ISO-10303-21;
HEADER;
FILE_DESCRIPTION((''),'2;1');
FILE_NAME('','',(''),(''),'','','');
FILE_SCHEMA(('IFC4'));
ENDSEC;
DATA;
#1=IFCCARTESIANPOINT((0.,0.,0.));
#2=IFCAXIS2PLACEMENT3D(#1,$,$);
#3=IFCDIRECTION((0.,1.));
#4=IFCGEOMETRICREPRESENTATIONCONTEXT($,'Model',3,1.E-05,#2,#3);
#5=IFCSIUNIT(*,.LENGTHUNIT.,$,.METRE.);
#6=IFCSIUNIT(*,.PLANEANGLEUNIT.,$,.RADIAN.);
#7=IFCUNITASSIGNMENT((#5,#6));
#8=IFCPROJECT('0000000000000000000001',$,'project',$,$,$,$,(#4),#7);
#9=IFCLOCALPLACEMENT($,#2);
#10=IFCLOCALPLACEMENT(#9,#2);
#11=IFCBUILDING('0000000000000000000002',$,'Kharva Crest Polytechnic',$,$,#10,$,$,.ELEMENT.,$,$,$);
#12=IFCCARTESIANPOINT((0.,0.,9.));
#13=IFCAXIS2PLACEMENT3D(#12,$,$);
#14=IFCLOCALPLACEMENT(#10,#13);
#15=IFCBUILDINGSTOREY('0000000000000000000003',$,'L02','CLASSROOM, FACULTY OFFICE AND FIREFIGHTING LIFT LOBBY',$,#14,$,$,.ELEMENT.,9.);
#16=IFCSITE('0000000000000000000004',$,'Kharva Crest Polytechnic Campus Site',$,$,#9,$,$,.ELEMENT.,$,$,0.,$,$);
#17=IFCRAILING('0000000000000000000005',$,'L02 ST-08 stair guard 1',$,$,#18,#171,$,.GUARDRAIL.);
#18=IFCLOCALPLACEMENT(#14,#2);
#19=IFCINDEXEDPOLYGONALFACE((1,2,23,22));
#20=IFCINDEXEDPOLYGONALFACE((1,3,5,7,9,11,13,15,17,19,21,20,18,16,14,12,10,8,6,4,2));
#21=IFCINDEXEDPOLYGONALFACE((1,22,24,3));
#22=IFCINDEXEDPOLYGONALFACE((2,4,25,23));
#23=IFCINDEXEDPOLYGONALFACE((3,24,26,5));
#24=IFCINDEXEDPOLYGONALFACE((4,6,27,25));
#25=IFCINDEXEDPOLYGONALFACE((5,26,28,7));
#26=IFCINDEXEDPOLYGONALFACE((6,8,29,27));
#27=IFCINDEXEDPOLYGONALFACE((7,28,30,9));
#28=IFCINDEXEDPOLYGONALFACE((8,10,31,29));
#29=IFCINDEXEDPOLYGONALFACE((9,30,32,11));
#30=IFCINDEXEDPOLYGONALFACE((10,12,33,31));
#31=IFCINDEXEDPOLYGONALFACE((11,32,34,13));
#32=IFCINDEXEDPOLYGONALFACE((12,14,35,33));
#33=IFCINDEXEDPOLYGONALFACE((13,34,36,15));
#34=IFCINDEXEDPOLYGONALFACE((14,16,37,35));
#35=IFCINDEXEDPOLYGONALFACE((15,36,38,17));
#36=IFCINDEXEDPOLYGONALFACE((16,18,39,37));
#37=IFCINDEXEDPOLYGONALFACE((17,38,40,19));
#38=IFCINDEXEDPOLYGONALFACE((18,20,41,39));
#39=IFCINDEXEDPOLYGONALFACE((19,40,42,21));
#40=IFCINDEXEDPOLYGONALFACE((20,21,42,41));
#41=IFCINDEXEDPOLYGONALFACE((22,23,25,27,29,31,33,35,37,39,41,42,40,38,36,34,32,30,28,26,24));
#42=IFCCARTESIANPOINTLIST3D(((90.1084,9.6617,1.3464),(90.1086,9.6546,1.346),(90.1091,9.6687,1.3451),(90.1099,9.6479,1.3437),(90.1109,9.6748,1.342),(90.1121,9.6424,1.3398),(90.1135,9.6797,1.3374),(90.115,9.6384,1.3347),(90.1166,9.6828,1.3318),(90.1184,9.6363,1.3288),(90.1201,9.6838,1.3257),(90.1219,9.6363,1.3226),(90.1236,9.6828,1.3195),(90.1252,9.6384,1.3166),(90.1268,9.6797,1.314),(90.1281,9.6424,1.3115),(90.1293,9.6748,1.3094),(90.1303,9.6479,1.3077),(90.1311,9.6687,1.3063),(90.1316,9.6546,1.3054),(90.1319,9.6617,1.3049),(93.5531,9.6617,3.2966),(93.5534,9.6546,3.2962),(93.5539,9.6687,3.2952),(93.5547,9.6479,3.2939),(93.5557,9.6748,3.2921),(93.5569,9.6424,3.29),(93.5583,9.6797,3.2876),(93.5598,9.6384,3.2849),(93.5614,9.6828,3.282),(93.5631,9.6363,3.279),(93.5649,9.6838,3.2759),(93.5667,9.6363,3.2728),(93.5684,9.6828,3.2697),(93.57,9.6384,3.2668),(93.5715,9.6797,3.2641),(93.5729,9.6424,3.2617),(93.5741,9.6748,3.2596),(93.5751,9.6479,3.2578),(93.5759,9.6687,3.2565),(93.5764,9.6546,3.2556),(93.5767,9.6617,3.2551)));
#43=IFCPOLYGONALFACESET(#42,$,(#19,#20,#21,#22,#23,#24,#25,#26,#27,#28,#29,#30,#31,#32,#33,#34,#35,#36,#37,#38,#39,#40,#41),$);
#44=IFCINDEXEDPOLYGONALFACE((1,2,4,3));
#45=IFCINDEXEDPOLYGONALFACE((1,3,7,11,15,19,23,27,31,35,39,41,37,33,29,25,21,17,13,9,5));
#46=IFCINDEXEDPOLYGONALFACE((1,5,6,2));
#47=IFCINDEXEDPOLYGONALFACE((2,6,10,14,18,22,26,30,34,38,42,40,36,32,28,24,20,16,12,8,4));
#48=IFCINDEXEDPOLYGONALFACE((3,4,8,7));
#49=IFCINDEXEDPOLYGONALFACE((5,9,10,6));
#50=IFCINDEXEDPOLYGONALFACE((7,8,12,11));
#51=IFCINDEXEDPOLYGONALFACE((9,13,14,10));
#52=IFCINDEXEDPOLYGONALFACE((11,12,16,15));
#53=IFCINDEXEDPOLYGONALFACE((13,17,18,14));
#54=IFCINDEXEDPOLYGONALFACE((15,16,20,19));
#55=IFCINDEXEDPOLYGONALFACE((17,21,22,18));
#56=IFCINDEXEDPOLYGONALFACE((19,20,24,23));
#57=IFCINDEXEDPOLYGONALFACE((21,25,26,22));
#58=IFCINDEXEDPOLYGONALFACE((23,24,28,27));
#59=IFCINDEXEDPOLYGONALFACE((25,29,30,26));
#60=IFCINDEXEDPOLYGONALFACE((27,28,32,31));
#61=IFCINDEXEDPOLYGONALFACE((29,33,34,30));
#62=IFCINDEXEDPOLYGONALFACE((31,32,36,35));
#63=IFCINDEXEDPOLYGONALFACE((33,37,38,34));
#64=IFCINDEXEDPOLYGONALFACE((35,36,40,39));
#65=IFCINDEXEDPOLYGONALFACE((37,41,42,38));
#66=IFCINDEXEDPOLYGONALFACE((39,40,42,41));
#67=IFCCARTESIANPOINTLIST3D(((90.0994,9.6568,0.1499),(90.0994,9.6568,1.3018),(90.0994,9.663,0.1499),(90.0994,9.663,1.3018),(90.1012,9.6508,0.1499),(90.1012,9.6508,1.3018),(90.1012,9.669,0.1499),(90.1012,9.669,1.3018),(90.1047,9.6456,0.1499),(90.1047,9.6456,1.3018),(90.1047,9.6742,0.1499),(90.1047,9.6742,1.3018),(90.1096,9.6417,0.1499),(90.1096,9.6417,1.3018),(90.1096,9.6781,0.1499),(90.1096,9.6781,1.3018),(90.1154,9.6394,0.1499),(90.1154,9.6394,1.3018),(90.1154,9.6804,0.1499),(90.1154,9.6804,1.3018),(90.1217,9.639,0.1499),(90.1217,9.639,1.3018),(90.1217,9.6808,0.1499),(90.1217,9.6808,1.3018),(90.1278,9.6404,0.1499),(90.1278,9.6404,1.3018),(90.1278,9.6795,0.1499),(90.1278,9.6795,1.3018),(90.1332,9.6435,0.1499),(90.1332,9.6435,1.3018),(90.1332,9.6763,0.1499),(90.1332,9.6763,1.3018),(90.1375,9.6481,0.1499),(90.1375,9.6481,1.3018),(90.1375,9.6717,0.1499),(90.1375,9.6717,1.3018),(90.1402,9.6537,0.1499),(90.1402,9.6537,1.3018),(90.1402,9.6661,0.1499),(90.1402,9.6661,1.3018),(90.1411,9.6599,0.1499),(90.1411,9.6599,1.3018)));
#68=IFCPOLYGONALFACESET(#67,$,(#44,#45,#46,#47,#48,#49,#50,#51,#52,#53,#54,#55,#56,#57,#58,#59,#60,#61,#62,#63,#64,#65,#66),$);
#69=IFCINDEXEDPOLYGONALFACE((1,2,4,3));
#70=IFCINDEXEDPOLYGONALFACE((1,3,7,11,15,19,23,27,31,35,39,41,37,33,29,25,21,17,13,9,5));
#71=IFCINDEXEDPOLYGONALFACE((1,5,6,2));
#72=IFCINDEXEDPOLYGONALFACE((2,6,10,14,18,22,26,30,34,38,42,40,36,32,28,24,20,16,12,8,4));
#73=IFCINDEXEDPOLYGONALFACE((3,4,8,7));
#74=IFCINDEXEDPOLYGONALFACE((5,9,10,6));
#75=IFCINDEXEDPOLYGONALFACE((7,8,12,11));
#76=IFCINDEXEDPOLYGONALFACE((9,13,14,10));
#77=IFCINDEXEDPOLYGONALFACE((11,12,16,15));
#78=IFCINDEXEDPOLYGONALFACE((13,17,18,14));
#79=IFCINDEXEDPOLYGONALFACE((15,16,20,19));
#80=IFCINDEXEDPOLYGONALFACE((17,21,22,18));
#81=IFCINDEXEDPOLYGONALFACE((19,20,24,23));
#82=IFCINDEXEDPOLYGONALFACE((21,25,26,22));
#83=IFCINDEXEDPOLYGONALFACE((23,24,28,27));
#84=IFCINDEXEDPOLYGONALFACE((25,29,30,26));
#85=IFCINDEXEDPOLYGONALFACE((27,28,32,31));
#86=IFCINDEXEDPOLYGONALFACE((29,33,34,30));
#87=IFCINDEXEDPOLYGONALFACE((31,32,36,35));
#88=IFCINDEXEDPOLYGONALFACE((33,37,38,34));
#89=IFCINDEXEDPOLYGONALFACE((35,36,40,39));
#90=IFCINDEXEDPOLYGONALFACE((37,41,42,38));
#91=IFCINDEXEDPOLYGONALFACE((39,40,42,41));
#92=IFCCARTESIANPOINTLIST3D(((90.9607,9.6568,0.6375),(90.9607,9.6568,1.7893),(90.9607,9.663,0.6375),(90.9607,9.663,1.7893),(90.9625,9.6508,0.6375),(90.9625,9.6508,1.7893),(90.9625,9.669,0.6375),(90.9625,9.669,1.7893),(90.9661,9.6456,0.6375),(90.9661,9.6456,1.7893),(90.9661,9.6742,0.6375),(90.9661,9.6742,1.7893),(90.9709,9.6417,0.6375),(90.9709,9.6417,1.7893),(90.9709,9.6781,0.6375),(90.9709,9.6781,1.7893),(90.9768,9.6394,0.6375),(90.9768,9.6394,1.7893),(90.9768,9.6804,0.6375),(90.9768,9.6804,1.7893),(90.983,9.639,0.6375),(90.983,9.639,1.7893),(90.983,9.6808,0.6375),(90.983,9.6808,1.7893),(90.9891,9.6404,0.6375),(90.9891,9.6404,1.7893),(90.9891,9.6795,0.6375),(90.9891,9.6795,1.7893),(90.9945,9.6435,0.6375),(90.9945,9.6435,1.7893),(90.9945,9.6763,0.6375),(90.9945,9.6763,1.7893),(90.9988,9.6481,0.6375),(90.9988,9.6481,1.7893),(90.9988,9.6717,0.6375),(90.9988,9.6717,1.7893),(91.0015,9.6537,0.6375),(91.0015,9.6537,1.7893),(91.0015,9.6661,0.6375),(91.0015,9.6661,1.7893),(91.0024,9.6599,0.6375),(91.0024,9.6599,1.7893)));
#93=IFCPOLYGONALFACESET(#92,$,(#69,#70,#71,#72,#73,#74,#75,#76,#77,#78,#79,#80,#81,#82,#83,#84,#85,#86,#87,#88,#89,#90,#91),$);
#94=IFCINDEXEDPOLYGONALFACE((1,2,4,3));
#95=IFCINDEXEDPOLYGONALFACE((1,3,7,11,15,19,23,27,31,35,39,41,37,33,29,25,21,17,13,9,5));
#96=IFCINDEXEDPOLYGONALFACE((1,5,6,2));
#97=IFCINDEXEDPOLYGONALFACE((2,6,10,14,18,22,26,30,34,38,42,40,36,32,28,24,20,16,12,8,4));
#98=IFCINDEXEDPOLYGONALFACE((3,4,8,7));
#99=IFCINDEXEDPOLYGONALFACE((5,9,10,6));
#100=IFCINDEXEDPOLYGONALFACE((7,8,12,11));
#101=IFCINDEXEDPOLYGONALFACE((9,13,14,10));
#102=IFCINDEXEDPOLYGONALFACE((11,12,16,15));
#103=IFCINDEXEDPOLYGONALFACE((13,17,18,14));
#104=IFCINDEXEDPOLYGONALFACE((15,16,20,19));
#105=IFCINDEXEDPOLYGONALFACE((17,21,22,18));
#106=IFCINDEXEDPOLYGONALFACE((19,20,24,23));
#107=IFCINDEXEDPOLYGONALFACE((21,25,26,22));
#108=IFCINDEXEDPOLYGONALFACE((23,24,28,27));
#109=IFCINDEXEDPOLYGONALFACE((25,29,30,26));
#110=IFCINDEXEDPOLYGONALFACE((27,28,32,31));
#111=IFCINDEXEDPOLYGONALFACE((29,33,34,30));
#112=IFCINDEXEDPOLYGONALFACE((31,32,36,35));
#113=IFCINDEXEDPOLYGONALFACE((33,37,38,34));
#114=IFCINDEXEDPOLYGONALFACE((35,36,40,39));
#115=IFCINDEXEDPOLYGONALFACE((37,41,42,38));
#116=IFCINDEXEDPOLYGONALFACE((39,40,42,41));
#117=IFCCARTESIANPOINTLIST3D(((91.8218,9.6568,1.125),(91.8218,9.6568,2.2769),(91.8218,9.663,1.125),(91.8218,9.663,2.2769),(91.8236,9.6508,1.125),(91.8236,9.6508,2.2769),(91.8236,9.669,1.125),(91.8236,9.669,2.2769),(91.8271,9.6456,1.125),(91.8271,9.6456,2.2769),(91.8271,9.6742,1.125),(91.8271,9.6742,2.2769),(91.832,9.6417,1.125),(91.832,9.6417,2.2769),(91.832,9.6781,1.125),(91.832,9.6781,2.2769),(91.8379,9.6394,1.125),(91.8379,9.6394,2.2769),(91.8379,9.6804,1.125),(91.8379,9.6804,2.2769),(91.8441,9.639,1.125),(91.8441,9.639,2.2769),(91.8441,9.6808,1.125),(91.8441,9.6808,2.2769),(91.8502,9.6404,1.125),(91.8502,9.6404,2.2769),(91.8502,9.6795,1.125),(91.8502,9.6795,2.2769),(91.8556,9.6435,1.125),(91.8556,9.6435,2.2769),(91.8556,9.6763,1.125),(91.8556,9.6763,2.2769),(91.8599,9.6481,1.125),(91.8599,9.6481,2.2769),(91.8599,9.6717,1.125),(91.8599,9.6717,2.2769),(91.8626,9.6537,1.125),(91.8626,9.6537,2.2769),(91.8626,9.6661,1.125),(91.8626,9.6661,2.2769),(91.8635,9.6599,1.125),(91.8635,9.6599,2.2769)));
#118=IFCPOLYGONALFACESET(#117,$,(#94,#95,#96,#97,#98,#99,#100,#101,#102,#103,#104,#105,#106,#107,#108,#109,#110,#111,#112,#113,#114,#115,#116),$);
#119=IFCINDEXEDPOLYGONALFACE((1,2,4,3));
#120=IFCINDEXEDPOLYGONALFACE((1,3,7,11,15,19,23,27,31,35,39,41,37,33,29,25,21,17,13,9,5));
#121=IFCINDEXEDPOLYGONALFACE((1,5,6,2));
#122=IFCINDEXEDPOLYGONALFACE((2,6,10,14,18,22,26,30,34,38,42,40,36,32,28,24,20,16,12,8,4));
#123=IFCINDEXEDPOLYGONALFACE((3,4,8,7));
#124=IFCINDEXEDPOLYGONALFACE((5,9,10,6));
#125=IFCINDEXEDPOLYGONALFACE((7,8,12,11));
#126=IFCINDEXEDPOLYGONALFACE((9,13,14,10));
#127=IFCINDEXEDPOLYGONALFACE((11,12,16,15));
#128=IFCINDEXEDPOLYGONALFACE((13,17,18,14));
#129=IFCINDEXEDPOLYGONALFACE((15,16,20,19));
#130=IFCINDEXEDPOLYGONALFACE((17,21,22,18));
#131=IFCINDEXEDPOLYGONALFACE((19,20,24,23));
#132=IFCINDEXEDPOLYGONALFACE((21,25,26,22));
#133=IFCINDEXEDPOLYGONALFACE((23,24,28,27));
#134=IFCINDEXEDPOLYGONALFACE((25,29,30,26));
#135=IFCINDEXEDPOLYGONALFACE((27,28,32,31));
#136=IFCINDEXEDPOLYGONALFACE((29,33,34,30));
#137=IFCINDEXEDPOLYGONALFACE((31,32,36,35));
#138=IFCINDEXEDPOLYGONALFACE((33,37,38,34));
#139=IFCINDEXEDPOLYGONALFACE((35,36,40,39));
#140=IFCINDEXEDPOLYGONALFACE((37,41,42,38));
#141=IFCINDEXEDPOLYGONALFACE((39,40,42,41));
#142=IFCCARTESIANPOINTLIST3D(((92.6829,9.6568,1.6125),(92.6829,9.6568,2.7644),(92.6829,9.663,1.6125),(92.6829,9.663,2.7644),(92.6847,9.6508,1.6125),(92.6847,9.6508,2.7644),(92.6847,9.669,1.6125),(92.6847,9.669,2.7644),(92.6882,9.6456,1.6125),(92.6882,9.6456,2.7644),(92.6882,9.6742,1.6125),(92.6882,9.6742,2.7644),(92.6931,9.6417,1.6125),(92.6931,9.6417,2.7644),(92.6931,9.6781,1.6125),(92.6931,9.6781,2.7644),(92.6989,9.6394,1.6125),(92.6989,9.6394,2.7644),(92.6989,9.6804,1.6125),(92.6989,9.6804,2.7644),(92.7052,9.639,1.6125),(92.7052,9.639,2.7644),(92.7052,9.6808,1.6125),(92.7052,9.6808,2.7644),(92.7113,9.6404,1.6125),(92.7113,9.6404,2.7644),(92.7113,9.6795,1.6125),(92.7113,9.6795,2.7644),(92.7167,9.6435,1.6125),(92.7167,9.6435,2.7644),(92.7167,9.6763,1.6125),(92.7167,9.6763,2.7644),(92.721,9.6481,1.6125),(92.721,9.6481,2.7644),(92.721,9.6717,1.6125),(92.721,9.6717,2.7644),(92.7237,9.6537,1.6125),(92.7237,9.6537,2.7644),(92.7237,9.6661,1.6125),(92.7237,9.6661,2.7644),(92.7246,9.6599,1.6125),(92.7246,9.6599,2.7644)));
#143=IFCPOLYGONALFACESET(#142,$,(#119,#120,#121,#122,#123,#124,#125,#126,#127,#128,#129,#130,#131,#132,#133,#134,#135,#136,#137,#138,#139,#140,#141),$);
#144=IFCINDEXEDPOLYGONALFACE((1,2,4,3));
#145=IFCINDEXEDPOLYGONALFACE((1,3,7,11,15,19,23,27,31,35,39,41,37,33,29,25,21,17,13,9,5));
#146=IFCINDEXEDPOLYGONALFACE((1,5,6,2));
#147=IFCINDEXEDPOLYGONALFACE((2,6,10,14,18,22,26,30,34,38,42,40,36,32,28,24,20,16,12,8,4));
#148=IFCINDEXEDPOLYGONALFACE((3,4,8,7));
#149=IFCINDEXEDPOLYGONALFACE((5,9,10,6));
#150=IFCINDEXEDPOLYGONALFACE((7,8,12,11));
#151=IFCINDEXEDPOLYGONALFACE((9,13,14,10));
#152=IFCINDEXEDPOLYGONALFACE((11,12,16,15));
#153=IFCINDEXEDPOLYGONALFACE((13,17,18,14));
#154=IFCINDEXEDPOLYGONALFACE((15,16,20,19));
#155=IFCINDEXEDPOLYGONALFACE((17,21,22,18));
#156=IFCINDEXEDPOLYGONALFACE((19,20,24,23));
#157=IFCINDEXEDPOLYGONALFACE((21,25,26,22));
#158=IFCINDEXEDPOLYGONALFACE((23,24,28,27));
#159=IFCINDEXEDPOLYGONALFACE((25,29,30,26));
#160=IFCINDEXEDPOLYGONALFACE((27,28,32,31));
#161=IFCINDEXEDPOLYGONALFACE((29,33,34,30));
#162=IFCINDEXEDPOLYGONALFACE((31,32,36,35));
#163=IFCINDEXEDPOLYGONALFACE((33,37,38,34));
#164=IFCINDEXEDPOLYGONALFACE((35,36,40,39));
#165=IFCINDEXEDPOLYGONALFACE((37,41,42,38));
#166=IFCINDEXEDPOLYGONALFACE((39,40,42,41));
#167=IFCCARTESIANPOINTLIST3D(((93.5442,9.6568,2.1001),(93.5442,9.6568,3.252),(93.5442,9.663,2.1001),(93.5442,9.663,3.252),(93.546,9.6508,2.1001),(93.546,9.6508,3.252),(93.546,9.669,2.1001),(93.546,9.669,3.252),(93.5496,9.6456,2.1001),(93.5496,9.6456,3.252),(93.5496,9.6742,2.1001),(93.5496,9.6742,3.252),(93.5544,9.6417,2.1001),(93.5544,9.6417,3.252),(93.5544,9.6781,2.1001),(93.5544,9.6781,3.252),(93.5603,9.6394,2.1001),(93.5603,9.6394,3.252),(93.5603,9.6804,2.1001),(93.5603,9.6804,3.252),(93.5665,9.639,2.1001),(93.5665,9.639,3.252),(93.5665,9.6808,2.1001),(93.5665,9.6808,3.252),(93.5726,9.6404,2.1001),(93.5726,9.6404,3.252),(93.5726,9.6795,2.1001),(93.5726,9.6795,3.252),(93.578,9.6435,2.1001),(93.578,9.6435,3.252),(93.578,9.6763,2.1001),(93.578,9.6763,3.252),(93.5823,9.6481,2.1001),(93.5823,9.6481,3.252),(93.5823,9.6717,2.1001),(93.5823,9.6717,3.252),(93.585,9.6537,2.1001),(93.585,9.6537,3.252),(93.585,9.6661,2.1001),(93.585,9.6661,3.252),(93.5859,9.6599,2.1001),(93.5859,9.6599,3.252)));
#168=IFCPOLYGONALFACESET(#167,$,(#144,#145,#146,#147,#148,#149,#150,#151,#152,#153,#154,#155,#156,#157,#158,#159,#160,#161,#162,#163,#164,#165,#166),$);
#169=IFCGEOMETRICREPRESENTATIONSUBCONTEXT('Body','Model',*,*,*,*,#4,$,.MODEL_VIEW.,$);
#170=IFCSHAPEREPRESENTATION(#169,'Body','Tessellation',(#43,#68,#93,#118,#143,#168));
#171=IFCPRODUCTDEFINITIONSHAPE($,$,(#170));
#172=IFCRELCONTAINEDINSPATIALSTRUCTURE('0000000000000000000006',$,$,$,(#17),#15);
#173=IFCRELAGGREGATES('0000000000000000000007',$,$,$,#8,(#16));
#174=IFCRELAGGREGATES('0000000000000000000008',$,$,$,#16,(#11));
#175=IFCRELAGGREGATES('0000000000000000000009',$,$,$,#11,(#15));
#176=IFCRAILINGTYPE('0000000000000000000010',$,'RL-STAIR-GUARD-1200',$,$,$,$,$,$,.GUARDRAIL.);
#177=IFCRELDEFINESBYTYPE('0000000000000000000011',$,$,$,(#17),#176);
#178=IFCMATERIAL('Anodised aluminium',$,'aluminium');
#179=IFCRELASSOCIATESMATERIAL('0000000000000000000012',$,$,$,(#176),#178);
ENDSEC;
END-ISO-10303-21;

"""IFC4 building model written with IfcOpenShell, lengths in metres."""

from ifc_helpers import new_model, si_unit, direction, frame, origin, origin_2d, place, context, subcontext, project, spatial, circle, extrude, material, type_object, element, save


model = new_model("IFC4")

# Units and contexts
model_context = context("Model", 3, precision=1e-05, world=origin(), true_north=direction((0.0, 1.0)))
body_context = subcontext(model_context, "Body", "Model", "MODEL_VIEW")
ifc_project = project(units=[si_unit("LENGTHUNIT", "METRE"), si_unit("PLANEANGLEUNIT", "RADIAN")], contexts=[model_context])

# Site, building, storey
site_placement = place(None, origin())
site = spatial("IfcSite", under=ifc_project, at=site_placement, Name="Kharva Crest Polytechnic Campus Site", CompositionType="ELEMENT", RefElevation=0.0)
building_placement = place(site_placement, origin())
building = spatial("IfcBuilding", under=site, at=building_placement, Name="Kharva Crest Polytechnic", CompositionType="ELEMENT")
storey_placement = place(building_placement, frame((0.0, 0.0, 9.0)))
storey = spatial("IfcBuildingStorey", under=building, at=storey_placement, Name="L02", Description="CLASSROOM, FACULTY OFFICE AND FIREFIGHTING LIFT LOBBY", CompositionType="ELEMENT", Elevation=9.0)

# Railing
ifc_material_1 = material(Name="Anodised aluminium", Category="aluminium")
railing_type_1 = type_object("IfcRailingType", Name="RL-STAIR-GUARD-1200", PredefinedType="GUARDRAIL", material=ifc_material_1)
railing_1_placement = place(storey_placement, frame((90.1201, 9.6599, 0.1499)))
element("IfcRailing", 1, at=railing_1_placement, inside=storey, type_object=railing_type_1, Name="L02 ST-08 stair guard 1", PredefinedType="GUARDRAIL", context=body_context, shape_type="SweptSolid", body=[
    extrude(circle(Radius=0.0239, at=origin_2d()), frame((0.0, 0.0, 1.1758), z_axis=(0.870225, 0.0, 0.492655), x_axis=(0.0, 1.0, 0.0)), (0.0, 0.0, 1.0), 3.9585),
    extrude(circle(Radius=0.021, at=origin_2d()), origin(), (0.0, 0.0, 1.0), 1.1519),
    extrude(circle(Radius=0.021, at=origin_2d()), frame((0.8613, 0.0, 0.4875)), (0.0, 0.0, 1.0), 1.1519),
    extrude(circle(Radius=0.021, at=origin_2d()), frame((1.7224, 0.0, 0.9751)), (0.0, 0.0, 1.0), 1.1519),
    extrude(circle(Radius=0.021, at=origin_2d()), frame((2.5835, 0.0, 1.4626)), (0.0, 0.0, 1.0), 1.1519),
    extrude(circle(Radius=0.021, at=origin_2d()), frame((3.4448, 0.0, 1.9502)), (0.0, 0.0, 1.0), 1.1519),
])

save(model, "model.ifc")
